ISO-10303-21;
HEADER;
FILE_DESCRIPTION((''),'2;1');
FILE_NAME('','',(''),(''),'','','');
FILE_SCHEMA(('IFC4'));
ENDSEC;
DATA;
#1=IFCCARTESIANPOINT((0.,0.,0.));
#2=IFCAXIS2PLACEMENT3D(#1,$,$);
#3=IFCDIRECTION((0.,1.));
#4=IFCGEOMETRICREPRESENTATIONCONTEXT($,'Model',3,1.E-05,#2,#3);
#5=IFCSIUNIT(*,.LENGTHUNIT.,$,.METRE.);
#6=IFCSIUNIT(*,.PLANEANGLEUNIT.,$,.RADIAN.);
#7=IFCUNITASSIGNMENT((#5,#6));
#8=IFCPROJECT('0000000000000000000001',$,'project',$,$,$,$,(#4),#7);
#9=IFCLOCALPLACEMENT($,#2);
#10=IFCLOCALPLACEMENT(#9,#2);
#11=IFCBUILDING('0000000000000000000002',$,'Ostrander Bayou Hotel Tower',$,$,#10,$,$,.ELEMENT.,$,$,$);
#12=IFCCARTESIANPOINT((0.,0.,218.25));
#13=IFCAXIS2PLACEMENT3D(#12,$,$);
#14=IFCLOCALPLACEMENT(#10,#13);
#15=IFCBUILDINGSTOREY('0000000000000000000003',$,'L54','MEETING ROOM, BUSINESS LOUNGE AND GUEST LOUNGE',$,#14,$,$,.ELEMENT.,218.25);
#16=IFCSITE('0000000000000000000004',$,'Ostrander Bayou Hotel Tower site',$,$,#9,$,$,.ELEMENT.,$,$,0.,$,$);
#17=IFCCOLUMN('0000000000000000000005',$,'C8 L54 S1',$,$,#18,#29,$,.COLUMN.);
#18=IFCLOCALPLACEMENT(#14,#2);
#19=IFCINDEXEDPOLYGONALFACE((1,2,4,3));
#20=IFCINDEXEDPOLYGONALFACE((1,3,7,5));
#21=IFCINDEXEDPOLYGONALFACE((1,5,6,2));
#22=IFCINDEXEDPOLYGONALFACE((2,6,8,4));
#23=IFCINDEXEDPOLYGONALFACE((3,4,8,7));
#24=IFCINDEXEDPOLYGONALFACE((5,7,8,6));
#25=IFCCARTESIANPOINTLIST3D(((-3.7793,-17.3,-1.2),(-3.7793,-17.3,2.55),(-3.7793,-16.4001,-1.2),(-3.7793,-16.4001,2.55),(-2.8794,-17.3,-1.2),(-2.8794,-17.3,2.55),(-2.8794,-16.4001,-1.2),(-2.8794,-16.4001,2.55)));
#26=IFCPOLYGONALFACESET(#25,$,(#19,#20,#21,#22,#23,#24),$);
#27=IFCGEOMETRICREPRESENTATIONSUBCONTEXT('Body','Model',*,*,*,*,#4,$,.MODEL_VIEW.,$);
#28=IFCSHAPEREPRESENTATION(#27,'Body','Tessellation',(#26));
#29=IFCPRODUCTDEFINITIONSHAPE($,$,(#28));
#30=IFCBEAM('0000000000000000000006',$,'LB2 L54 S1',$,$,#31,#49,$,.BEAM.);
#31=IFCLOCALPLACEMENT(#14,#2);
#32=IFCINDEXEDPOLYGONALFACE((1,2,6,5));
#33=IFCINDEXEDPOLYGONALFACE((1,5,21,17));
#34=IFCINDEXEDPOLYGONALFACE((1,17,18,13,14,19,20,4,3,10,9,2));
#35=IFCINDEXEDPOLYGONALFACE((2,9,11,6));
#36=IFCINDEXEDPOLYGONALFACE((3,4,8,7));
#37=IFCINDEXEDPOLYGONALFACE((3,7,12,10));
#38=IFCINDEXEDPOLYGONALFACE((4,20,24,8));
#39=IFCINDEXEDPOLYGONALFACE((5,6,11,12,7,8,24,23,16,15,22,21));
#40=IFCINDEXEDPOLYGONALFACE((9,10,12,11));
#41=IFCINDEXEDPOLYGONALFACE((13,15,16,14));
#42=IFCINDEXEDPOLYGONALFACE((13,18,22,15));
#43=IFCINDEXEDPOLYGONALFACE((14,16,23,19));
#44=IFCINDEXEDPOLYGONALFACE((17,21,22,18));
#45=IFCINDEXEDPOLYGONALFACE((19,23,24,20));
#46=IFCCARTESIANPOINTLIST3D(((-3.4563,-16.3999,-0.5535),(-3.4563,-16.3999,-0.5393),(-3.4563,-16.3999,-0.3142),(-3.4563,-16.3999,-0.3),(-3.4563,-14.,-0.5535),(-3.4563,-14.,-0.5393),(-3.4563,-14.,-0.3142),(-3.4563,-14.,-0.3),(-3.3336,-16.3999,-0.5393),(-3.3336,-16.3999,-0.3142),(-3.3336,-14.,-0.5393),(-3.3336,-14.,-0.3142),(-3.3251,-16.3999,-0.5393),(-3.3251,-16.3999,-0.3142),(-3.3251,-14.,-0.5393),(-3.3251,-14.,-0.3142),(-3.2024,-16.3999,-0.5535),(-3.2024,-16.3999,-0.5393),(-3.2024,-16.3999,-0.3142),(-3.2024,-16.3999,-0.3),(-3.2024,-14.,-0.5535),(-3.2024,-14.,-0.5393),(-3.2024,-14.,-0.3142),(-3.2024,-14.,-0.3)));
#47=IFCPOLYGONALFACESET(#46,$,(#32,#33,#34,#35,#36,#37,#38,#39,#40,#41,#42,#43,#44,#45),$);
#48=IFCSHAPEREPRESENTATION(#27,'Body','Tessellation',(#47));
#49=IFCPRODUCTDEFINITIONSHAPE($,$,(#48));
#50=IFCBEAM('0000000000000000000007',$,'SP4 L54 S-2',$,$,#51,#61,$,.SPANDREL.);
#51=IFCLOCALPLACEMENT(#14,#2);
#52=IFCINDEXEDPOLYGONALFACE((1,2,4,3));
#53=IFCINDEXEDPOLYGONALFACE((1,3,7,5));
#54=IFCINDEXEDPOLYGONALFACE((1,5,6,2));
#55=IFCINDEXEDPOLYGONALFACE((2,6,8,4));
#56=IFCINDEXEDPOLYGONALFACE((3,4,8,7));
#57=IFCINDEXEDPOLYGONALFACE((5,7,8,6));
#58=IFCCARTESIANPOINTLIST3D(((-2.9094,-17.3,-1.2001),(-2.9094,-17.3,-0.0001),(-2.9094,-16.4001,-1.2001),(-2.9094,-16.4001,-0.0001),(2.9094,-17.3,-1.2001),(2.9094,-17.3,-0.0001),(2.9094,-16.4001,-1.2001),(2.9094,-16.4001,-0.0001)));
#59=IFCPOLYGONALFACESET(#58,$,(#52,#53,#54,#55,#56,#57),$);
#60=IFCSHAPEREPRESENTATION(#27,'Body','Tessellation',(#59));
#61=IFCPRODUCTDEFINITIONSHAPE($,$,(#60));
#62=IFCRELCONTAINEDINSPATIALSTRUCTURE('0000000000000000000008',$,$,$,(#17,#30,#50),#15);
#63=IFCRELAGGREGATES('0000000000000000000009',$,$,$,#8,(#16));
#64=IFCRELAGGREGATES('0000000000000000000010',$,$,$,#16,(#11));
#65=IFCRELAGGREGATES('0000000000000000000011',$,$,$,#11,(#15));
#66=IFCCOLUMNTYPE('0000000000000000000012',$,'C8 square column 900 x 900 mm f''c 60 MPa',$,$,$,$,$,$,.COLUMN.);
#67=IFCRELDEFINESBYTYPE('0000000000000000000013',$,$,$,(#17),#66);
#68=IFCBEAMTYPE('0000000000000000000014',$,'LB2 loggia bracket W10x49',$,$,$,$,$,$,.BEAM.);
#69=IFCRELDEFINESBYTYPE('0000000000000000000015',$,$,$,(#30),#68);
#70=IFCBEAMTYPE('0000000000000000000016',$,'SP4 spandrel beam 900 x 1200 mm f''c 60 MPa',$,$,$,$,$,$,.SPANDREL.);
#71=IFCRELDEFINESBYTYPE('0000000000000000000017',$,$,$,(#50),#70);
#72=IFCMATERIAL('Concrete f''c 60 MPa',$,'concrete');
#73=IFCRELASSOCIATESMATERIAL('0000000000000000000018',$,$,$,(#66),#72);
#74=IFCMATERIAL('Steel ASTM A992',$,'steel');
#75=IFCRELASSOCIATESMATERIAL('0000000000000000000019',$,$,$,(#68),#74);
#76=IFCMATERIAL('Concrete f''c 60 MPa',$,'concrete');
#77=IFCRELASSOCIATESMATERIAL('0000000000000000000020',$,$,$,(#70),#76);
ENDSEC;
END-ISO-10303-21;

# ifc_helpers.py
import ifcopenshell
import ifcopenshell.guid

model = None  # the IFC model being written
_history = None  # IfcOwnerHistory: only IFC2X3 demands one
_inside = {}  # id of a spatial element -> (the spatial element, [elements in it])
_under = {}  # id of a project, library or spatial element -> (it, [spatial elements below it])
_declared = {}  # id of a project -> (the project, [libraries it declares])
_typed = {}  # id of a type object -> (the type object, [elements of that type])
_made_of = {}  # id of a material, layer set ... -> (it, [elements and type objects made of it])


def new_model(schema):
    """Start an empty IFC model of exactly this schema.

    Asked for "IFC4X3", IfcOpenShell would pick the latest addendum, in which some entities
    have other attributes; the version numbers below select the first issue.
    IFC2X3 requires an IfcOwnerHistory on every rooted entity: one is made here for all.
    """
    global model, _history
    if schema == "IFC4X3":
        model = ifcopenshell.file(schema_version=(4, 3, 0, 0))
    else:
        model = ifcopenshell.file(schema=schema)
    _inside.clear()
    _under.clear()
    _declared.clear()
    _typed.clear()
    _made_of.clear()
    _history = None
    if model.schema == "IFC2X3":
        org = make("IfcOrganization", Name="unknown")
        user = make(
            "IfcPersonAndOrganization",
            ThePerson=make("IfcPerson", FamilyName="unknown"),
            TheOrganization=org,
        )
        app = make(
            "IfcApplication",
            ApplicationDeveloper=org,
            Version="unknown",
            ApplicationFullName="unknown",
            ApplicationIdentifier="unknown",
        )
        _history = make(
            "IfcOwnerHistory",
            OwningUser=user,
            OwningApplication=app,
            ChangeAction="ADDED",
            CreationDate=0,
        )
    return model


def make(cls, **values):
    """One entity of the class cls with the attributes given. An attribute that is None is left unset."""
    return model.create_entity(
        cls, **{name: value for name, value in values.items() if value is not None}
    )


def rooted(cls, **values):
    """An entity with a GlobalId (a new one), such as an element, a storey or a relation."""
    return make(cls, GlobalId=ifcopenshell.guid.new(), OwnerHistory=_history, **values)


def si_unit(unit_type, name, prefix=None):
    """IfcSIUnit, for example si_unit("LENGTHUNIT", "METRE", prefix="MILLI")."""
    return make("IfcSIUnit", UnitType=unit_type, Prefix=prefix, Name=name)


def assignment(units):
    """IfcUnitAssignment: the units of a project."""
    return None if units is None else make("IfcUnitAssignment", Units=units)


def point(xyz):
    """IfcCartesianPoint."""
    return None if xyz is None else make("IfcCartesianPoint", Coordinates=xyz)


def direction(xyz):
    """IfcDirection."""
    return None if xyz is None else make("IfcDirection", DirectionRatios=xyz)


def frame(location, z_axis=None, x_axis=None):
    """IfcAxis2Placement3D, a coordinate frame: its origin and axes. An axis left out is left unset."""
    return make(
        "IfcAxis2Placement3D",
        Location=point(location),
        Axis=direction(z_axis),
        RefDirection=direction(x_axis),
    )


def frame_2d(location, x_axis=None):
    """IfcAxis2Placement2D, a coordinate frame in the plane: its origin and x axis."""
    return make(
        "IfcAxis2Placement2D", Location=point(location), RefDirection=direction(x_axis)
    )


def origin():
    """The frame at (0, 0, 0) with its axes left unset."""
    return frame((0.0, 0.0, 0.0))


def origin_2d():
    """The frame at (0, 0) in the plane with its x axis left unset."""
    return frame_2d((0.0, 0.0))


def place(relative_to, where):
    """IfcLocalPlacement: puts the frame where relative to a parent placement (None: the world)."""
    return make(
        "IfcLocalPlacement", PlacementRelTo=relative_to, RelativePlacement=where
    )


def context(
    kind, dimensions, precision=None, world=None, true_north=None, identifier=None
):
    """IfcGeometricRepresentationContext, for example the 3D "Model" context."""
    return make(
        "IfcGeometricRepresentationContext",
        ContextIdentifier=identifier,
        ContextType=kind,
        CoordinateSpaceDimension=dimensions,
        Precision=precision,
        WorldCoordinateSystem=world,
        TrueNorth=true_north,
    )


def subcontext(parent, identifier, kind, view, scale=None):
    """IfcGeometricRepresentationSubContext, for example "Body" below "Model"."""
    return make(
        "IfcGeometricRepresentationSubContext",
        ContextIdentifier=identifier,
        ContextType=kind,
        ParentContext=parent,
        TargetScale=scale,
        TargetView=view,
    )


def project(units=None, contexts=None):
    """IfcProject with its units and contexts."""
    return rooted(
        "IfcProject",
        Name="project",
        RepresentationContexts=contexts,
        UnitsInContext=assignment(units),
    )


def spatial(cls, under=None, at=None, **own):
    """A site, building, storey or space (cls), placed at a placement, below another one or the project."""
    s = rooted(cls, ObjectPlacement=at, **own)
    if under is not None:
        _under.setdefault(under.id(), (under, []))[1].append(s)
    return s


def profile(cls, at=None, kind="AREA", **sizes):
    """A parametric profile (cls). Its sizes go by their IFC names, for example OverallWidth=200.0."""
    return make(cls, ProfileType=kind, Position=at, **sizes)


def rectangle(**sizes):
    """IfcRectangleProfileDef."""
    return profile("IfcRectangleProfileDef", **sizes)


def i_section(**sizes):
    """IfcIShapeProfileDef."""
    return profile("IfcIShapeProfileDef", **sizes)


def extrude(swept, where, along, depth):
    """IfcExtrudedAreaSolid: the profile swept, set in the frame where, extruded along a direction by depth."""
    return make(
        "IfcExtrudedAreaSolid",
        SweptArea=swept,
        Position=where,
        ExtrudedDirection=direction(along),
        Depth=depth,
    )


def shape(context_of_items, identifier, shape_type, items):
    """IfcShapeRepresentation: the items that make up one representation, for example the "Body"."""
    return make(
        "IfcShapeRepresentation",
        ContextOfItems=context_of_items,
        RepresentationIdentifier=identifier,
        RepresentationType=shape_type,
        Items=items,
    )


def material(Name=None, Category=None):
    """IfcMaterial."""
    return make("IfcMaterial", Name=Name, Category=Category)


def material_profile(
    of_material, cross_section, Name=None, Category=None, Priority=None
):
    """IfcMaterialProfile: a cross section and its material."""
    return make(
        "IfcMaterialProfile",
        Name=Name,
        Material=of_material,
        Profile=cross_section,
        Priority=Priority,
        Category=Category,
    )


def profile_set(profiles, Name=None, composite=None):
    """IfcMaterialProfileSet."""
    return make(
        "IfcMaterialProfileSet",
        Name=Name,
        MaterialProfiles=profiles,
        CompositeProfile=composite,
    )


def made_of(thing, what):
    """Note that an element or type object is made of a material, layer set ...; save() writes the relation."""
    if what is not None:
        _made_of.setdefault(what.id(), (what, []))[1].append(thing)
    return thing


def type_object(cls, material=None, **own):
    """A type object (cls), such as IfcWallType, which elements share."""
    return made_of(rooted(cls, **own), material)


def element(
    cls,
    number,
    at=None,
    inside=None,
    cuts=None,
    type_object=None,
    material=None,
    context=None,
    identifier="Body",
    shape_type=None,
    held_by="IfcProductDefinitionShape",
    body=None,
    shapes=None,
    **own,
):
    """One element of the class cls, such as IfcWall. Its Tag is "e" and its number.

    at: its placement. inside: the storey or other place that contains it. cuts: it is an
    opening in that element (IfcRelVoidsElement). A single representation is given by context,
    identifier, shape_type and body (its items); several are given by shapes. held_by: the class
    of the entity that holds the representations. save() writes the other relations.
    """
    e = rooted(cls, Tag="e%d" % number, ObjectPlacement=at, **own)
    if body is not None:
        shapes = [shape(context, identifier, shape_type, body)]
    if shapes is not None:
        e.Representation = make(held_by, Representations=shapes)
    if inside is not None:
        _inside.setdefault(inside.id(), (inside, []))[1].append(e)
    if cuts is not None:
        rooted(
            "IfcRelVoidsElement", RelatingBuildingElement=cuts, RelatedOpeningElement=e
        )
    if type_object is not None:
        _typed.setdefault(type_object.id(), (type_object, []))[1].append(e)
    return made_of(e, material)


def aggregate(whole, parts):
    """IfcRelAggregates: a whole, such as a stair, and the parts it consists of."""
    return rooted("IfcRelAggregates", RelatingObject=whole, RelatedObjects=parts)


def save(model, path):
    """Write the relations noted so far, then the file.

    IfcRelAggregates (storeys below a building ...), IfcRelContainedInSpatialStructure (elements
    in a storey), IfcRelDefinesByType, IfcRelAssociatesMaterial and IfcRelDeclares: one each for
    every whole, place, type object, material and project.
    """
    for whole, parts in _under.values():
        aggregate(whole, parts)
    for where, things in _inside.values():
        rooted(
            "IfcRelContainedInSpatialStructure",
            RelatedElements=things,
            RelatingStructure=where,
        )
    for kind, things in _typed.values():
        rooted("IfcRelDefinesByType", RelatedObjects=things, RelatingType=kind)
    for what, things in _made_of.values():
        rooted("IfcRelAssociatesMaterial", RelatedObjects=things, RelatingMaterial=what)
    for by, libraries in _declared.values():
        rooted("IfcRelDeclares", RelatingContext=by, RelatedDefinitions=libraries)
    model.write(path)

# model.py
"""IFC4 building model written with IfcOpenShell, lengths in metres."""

from ifc_helpers import new_model, si_unit, direction, frame, origin, origin_2d, place, context, subcontext, project, spatial, rectangle, i_section, extrude, material, material_profile, profile_set, type_object, element, save


model = new_model("IFC4")

# Units and contexts
model_context = context("Model", 3, precision=1e-05, world=origin(), true_north=direction((0.0, 1.0)))
body_context = subcontext(model_context, "Body", "Model", "MODEL_VIEW")
ifc_project = project(units=[si_unit("LENGTHUNIT", "METRE"), si_unit("PLANEANGLEUNIT", "RADIAN")], contexts=[model_context])

# Site, building, storey
site_placement = place(None, origin())
site = spatial("IfcSite", under=ifc_project, at=site_placement, Name="Ostrander Bayou Hotel Tower site", CompositionType="ELEMENT", RefElevation=0.0)
building_placement = place(site_placement, origin())
building = spatial("IfcBuilding", under=site, at=building_placement, Name="Ostrander Bayou Hotel Tower", CompositionType="ELEMENT")
storey_placement = place(building_placement, frame((0.0, 0.0, 218.25)))
storey = spatial("IfcBuildingStorey", under=building, at=storey_placement, Name="L54", Description="MEETING ROOM, BUSINESS LOUNGE AND GUEST LOUNGE", CompositionType="ELEMENT", Elevation=218.25)

# Column
ifc_material_1 = material(Name="Concrete f'c 60 MPa", Category="concrete")
ifc_material_profile_1 = material_profile(ifc_material_1, rectangle(XDim=0.8999, YDim=0.8999, at=origin_2d()))
ifc_profile_set_1 = profile_set([ifc_material_profile_1], Name="Concrete f'c 60 MPa")
column_type = type_object("IfcColumnType", Name="C8 square column 900 x 900 mm f'c 60 MPa", PredefinedType="COLUMN", material=ifc_profile_set_1)
column_placement = place(storey_placement, frame((-3.3293, -16.8501, -1.2), z_axis=(0.0, 0.0, 1.0), x_axis=(-1.0, 0.0, 0.0)))
element("IfcColumn", 1, at=column_placement, inside=storey, type_object=column_type, Name="C8 L54 S1", PredefinedType="COLUMN", context=body_context, shape_type="SweptSolid", body=[
    extrude(rectangle(XDim=0.8999, YDim=0.8999, at=origin_2d()), origin(), (0.0, 0.0, 1.0), 3.75),
])

# Beams
ifc_material_2 = material(Name="Steel ASTM A992", Category="steel")
ifc_material_profile_2 = material_profile(ifc_material_2, i_section(OverallWidth=0.2539, OverallDepth=0.2534, WebThickness=0.0085, FlangeThickness=0.0142, at=origin_2d()))
ifc_profile_set_2 = profile_set([ifc_material_profile_2], Name="Steel ASTM A992")
beam_type_1 = type_object("IfcBeamType", Name="LB2 loggia bracket W10x49", PredefinedType="BEAM", material=ifc_profile_set_2)
beam_1_placement = place(storey_placement, frame((-3.3293, -16.3999, -0.4268), z_axis=(0.0, 1.0, 0.0), x_axis=(-1.0, 0.0, 0.0)))
element("IfcBeam", 2, at=beam_1_placement, inside=storey, type_object=beam_type_1, Name="LB2 L54 S1", PredefinedType="BEAM", context=body_context, shape_type="SweptSolid", body=[
    extrude(i_section(OverallWidth=0.2539, OverallDepth=0.2534, WebThickness=0.0085, FlangeThickness=0.0142, at=origin_2d()), origin(), (0.0, 0.0, 1.0), 2.3999),
])
ifc_material_3 = material(Name="Concrete f'c 60 MPa", Category="concrete")
ifc_material_profile_3 = material_profile(ifc_material_3, rectangle(XDim=0.8999, YDim=1.2, at=origin_2d()))
ifc_profile_set_3 = profile_set([ifc_material_profile_3], Name="Concrete f'c 60 MPa")
beam_type_2 = type_object("IfcBeamType", Name="SP4 spandrel beam 900 x 1200 mm f'c 60 MPa", PredefinedType="SPANDREL", material=ifc_profile_set_3)
beam_2_placement = place(storey_placement, frame((-2.9094, -16.8501, -0.6001), z_axis=(1.0, 0.0, 0.0), x_axis=(0.0, 1.0, 0.0)))
element("IfcBeam", 3, at=beam_2_placement, inside=storey, type_object=beam_type_2, Name="SP4 L54 S-2", PredefinedType="SPANDREL", context=body_context, shape_type="SweptSolid", body=[
    extrude(rectangle(XDim=0.8999, YDim=1.2, at=origin_2d()), origin(), (0.0, 0.0, 1.0), 5.8188),
])

save(model, "model.ifc")
